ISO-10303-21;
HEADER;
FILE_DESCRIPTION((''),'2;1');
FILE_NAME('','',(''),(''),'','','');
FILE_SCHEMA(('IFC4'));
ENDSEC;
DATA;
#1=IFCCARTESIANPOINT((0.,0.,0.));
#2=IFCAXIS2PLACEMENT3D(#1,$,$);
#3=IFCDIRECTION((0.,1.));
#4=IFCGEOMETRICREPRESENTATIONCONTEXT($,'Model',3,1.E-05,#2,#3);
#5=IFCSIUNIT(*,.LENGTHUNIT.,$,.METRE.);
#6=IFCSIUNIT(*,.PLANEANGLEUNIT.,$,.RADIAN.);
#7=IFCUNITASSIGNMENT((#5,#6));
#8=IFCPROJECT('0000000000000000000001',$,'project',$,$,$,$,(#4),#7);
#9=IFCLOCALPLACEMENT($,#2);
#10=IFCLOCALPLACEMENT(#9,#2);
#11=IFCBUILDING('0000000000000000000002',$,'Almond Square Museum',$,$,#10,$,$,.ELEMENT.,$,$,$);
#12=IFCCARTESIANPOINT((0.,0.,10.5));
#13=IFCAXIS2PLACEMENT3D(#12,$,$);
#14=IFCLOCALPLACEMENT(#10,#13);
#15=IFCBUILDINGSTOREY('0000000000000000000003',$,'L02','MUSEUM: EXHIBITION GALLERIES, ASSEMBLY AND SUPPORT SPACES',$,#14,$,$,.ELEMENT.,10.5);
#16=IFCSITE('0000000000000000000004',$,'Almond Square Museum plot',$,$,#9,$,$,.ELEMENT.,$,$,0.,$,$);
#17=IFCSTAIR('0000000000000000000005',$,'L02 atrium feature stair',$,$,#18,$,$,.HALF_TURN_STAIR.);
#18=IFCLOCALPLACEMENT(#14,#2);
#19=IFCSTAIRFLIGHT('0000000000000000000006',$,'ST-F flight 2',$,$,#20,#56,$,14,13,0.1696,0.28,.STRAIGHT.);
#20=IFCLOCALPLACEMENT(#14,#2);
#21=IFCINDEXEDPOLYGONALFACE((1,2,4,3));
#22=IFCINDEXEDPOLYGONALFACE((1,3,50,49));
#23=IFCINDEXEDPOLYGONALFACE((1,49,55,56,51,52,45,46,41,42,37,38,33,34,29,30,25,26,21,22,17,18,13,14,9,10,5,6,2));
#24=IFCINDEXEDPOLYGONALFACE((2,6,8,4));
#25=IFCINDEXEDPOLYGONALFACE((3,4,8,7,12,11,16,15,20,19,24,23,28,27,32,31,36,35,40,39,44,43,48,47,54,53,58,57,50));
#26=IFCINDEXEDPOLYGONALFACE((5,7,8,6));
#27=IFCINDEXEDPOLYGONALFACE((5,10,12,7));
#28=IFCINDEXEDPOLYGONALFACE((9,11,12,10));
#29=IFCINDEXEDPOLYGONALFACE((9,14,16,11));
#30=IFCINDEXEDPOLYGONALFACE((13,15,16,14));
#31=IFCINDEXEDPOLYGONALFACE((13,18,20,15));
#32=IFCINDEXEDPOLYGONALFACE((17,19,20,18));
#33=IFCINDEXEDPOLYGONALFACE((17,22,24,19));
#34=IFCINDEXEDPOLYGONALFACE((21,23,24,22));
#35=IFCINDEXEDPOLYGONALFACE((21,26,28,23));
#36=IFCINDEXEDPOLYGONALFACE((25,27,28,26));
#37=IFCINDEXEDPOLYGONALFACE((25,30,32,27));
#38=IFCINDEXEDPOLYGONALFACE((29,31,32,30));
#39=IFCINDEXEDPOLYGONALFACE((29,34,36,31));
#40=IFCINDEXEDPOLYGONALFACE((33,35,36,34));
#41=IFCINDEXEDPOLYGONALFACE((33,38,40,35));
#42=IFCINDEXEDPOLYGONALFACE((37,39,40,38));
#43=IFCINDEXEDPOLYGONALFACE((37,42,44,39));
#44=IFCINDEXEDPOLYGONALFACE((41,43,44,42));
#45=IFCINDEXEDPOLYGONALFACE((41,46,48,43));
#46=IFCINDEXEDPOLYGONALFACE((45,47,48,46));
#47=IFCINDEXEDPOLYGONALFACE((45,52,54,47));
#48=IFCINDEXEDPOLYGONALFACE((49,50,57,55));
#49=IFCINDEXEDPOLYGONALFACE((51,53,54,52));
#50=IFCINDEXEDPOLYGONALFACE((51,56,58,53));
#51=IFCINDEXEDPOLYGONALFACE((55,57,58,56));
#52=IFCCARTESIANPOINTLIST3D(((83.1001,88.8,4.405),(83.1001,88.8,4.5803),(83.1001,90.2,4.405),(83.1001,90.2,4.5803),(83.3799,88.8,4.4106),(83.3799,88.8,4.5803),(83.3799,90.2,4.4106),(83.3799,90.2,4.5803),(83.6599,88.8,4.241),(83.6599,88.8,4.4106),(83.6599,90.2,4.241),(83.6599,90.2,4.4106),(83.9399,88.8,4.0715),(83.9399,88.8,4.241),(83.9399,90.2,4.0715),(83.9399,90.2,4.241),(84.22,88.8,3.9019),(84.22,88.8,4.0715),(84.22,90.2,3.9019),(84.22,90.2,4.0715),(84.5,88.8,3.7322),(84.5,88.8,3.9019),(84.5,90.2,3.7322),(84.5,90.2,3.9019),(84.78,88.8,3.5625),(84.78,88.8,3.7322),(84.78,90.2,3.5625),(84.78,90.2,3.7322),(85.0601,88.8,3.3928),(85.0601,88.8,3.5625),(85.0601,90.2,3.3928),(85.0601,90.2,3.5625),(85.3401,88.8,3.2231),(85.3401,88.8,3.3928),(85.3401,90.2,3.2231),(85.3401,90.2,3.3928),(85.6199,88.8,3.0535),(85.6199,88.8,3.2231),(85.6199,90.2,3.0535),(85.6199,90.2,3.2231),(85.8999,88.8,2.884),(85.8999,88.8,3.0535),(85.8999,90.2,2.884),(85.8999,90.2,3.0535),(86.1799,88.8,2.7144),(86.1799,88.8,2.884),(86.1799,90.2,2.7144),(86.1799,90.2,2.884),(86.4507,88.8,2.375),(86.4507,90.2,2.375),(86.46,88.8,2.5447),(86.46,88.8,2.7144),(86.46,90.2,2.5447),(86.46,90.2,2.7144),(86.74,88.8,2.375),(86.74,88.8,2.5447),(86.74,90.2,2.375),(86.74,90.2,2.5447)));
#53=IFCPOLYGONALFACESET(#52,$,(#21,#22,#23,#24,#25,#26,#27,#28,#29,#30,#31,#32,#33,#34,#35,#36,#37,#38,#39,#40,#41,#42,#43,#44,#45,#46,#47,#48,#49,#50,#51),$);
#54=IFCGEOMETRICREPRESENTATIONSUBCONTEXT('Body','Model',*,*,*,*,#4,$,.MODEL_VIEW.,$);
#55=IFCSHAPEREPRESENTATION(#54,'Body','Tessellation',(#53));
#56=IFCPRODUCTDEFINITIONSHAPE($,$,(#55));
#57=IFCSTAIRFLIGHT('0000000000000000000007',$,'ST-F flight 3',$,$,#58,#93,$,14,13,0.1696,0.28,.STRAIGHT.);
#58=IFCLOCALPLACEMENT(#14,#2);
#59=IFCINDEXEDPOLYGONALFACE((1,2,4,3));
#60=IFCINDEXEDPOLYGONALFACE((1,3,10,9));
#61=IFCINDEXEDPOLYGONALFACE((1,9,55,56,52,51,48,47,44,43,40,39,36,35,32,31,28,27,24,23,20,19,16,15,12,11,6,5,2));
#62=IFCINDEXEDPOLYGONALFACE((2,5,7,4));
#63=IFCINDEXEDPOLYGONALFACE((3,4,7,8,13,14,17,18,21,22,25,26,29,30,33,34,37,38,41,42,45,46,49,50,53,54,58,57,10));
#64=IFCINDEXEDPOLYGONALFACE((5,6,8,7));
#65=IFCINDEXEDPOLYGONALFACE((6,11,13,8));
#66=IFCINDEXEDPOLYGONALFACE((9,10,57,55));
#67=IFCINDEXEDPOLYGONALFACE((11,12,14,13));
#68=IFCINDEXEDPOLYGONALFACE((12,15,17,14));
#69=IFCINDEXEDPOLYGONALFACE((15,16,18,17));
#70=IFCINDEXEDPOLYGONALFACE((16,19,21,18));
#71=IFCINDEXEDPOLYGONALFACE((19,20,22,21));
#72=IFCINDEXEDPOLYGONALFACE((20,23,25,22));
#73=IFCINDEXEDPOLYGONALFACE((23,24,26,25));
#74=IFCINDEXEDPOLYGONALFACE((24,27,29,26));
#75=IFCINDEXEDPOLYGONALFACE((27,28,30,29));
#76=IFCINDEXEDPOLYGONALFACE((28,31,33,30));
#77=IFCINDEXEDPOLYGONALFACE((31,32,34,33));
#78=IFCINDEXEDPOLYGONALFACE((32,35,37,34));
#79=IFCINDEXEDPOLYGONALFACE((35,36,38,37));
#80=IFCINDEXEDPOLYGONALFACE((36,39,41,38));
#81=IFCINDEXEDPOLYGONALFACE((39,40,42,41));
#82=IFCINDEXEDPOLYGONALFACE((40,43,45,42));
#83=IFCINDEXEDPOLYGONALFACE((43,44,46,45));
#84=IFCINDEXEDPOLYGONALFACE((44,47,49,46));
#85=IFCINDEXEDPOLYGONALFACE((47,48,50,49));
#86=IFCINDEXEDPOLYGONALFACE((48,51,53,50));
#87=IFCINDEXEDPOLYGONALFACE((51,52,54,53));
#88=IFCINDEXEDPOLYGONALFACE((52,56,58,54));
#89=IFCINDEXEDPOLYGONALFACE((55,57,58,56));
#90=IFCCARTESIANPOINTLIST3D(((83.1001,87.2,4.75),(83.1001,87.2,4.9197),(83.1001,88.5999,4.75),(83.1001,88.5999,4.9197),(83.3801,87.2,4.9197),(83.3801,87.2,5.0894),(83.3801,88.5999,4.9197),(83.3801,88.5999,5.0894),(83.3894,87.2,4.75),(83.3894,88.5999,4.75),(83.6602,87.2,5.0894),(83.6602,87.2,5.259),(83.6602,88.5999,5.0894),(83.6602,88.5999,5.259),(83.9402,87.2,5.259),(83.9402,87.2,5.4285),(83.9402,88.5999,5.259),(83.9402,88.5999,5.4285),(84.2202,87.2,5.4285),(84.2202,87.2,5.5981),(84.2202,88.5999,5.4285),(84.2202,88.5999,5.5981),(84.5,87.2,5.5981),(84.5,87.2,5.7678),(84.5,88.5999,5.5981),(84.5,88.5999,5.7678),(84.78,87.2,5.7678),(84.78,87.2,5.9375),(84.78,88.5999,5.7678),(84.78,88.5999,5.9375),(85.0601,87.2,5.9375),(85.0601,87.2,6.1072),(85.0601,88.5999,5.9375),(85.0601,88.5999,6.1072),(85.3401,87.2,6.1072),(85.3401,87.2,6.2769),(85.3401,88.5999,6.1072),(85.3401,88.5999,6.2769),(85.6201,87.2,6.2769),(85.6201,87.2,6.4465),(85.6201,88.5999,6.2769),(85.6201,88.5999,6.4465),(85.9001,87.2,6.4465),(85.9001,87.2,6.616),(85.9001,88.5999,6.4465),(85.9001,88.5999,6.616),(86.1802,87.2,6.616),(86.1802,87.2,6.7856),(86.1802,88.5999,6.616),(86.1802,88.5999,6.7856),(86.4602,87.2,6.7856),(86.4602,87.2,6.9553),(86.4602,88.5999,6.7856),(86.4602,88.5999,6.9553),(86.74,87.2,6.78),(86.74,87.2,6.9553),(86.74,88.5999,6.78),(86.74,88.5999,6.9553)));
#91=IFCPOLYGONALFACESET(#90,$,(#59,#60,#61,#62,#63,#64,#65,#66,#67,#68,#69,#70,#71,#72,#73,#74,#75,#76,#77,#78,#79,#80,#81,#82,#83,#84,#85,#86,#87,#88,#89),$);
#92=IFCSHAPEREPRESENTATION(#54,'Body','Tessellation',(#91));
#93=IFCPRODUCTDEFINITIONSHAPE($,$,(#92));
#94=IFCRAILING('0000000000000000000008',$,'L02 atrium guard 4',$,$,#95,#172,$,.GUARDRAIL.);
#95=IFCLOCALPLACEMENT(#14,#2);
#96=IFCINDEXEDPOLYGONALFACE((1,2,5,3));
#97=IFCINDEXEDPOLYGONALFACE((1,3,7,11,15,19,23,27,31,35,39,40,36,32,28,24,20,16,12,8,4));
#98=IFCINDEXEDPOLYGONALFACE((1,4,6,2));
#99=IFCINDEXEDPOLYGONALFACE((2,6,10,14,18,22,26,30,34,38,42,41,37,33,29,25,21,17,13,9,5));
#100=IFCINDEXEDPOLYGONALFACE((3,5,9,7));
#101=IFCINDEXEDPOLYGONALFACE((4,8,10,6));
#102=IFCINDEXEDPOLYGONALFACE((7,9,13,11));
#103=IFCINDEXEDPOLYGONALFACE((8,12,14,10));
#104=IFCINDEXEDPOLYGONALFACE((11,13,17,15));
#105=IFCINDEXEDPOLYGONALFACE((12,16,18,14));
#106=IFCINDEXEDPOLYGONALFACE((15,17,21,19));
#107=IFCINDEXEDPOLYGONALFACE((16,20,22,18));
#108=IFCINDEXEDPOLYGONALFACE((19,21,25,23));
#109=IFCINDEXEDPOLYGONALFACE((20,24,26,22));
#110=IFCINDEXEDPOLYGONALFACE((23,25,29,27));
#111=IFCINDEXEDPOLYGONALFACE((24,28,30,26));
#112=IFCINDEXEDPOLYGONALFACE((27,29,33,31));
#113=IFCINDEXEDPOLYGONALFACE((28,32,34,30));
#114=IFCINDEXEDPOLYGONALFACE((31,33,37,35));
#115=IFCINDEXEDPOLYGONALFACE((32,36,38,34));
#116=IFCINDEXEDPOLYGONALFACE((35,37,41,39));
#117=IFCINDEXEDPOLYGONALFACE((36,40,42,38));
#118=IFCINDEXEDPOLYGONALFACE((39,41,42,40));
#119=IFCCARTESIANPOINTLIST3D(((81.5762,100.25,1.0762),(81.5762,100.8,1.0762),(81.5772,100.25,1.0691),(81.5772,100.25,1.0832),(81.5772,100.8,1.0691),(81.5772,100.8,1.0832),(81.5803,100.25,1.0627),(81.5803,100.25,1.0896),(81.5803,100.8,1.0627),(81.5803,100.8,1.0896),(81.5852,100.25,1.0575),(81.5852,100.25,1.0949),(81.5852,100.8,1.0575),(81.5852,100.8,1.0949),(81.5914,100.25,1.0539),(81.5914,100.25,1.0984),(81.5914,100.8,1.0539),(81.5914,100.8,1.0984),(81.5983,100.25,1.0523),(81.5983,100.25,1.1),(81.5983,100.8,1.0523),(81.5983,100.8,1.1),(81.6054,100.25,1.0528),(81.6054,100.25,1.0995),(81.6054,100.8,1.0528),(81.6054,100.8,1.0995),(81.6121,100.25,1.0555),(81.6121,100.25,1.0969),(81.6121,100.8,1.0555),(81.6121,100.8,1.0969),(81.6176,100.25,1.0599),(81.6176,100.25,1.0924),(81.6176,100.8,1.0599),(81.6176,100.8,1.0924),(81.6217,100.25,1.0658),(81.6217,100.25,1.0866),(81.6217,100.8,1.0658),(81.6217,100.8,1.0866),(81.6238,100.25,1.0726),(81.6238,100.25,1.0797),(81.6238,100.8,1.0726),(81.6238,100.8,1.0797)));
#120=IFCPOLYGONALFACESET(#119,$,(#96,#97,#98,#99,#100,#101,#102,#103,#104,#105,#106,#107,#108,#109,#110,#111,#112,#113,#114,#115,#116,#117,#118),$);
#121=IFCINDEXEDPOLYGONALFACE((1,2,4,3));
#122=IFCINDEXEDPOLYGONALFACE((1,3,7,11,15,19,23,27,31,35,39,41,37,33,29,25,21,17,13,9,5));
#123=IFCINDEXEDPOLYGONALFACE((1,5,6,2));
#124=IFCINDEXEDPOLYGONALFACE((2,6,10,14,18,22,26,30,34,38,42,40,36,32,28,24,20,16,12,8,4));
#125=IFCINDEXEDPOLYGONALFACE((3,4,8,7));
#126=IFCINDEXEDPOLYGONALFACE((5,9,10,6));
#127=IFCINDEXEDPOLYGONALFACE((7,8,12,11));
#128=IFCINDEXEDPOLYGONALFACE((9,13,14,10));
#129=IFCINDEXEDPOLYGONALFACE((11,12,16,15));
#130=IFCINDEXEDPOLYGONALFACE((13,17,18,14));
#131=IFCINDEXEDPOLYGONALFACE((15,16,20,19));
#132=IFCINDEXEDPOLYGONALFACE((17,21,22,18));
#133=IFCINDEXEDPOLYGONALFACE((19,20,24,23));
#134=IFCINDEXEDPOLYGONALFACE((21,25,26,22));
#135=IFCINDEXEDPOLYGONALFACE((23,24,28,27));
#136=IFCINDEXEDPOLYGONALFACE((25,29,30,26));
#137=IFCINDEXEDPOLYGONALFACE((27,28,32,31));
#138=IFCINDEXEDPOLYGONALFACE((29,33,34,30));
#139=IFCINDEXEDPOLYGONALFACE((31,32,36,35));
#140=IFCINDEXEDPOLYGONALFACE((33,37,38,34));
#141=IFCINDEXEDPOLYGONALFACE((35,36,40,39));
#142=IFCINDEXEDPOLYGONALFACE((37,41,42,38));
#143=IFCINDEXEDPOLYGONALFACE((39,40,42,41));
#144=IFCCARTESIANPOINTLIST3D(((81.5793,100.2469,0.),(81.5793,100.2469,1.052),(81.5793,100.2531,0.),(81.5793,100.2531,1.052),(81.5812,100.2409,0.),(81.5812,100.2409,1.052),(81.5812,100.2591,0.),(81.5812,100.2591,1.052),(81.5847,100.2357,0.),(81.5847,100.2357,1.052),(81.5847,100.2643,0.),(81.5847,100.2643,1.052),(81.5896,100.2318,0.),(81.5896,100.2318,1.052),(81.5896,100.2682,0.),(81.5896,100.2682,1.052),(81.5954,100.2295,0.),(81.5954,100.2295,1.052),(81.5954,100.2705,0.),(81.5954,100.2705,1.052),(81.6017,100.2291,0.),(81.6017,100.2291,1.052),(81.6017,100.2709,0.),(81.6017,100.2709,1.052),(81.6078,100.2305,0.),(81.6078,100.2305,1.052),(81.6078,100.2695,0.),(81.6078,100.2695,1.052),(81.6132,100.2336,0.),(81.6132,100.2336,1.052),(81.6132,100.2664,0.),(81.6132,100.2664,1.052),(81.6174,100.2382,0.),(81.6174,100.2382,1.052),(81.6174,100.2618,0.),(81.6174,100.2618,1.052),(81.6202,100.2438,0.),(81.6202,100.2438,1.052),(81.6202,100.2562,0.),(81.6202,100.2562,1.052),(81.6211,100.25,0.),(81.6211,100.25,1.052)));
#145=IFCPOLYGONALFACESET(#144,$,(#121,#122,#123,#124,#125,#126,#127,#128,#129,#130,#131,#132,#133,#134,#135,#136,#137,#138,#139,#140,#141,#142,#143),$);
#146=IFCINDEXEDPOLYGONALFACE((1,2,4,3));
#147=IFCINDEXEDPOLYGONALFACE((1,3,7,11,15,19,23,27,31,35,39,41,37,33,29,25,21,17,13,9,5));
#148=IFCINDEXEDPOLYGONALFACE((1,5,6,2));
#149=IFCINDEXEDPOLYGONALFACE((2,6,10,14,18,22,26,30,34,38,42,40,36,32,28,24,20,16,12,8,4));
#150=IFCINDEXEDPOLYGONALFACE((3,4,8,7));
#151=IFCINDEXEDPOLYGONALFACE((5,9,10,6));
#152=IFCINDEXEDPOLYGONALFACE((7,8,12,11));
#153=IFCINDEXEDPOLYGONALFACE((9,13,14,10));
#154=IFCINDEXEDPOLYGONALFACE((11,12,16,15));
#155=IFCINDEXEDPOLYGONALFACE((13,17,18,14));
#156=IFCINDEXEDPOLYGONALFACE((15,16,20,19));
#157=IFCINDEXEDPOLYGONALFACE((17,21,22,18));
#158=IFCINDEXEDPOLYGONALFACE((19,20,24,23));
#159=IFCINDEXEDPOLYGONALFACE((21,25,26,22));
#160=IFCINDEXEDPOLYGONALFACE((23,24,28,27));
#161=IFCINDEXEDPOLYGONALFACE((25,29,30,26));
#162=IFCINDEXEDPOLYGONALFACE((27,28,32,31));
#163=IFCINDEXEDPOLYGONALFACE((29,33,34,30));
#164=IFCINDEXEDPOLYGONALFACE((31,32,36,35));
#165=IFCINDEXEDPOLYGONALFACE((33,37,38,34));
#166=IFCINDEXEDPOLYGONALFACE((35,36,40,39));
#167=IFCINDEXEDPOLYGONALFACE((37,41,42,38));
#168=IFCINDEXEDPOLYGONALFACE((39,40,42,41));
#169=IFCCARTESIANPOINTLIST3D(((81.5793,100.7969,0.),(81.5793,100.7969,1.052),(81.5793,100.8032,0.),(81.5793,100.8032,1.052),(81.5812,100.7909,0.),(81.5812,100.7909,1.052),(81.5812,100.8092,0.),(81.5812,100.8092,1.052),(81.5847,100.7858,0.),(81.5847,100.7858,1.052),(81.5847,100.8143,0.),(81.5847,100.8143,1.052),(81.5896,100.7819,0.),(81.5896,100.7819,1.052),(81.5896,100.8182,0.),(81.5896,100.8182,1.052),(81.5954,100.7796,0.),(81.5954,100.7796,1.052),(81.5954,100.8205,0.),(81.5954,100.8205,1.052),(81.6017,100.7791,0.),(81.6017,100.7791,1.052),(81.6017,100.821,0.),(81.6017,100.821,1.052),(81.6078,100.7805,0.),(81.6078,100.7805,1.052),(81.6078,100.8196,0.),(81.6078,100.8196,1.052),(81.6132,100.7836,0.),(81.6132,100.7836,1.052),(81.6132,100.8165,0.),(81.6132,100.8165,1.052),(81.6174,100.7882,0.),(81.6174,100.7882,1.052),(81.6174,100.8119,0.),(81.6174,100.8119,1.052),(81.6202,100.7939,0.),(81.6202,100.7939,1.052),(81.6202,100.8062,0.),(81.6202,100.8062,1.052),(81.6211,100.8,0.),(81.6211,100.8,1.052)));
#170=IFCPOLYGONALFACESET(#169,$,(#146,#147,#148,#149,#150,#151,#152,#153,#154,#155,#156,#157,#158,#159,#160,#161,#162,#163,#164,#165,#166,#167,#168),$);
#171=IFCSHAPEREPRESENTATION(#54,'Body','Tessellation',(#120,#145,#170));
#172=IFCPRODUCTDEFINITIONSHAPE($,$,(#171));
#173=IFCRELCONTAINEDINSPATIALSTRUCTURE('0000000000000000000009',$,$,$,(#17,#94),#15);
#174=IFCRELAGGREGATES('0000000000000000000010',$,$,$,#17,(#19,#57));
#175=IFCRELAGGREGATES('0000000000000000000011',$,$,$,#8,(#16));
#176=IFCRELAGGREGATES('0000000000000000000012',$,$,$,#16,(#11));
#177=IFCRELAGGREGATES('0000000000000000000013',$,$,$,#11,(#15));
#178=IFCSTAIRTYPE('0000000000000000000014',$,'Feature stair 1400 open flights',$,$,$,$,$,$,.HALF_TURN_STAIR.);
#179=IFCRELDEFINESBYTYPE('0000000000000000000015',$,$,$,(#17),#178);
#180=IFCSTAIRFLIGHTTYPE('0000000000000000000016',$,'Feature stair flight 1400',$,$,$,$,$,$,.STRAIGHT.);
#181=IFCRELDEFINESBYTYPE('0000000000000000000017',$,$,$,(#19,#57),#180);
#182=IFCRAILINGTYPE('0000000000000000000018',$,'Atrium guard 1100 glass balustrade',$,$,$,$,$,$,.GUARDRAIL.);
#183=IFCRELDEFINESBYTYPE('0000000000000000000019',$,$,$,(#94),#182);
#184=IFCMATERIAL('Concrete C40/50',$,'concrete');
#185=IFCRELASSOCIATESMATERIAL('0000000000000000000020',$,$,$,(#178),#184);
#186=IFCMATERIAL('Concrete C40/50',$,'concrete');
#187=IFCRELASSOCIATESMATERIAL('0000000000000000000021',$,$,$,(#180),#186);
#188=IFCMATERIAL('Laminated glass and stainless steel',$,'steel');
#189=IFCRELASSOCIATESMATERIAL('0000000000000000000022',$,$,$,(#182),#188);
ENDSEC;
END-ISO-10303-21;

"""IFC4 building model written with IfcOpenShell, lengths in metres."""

from ifc_helpers import new_model, si_unit, direction, frame, origin, origin_2d, place, context, subcontext, project, spatial, polyline, circle, outline, extrude, material, type_object, element, aggregate, save


model = new_model("IFC4")

# Units and contexts
model_context = context("Model", 3, precision=1e-05, world=origin(), true_north=direction((0.0, 1.0)))
body_context = subcontext(model_context, "Body", "Model", "MODEL_VIEW")
ifc_project = project(units=[si_unit("LENGTHUNIT", "METRE"), si_unit("PLANEANGLEUNIT", "RADIAN")], contexts=[model_context])

# Site, building, storey
site_placement = place(None, origin())
site = spatial("IfcSite", under=ifc_project, at=site_placement, Name="Almond Square Museum plot", CompositionType="ELEMENT", RefElevation=0.0)
building_placement = place(site_placement, origin())
building = spatial("IfcBuilding", under=site, at=building_placement, Name="Almond Square Museum", CompositionType="ELEMENT")
storey_placement = place(building_placement, frame((0.0, 0.0, 10.5)))
storey = spatial("IfcBuildingStorey", under=building, at=storey_placement, Name="L02", Description="MUSEUM: EXHIBITION GALLERIES, ASSEMBLY AND SUPPORT SPACES", CompositionType="ELEMENT", Elevation=10.5)

# Stair, stair flights
ifc_material_1 = material(Name="Concrete C40/50", Category="concrete")
stair_type = type_object("IfcStairType", Name="Feature stair 1400 open flights", PredefinedType="HALF_TURN_STAIR", material=ifc_material_1)
stair_placement = place(storey_placement, origin())
stair = element("IfcStair", 1, at=stair_placement, inside=storey, type_object=stair_type, Name="L02 atrium feature stair", PredefinedType="HALF_TURN_STAIR")
ifc_material_2 = material(Name="Concrete C40/50", Category="concrete")
stair_flight_type = type_object("IfcStairFlightType", Name="Feature stair flight 1400", PredefinedType="STRAIGHT", material=ifc_material_2)
stair_flight_1_placement = place(storey_placement, frame((86.74, 89.5, 2.375), z_axis=(0.0, 0.0, 1.0), x_axis=(-1.0, 0.0, 0.0)))
stair_flight_1 = element("IfcStairFlight", 2, at=stair_flight_1_placement, type_object=stair_flight_type, Name="ST-F flight 2", NumberOfRisers=14, NumberOfTreads=13, PredefinedType="STRAIGHT", RiserHeight=0.1696, TreadLength=0.28, context=body_context, shape_type="SweptSolid", body=[
    extrude(outline(polyline([(0.0, 0.0), (0.0, 0.1697), (0.28, 0.1697), (0.28, 0.3394), (0.5601, 0.3394), (0.5601, 0.509), (0.8401, 0.509), (0.8401, 0.6785), (1.1201, 0.6785), (1.1201, 0.8481), (1.3999, 0.8481), (1.3999, 1.0178), (1.6799, 1.0178), (1.6799, 1.1875), (1.96, 1.1875), (1.96, 1.3572), (2.24, 1.3572), (2.24, 1.5269), (2.52, 1.5269), (2.52, 1.6965), (2.8, 1.6965), (2.8, 1.866), (3.0801, 1.866), (3.0801, 2.0356), (3.3601, 2.0356), (3.3601, 2.2053), (3.6399, 2.2053), (3.6399, 2.375), (3.6399, 2.03), (0.2893, 0.0), (0.0, 0.0)])), frame((0.0, 0.7, 0.0), z_axis=(0.0, -1.0, 0.0), x_axis=(1.0, 0.0, 0.0)), (0.0, 0.0, 1.0), 1.3999),
])
stair_flight_2_placement = place(storey_placement, frame((83.1001, 87.8999, 4.75), z_axis=(0.0, 0.0, 1.0), x_axis=(1.0, 0.0, 0.0)))
stair_flight_2 = element("IfcStairFlight", 3, at=stair_flight_2_placement, type_object=stair_flight_type, Name="ST-F flight 3", NumberOfRisers=14, NumberOfTreads=13, PredefinedType="STRAIGHT", RiserHeight=0.1696, TreadLength=0.28, context=body_context, shape_type="SweptSolid", body=[
    extrude(outline(polyline([(0.0, 0.0), (0.0, 0.1697), (0.28, 0.1697), (0.28, 0.3394), (0.5601, 0.3394), (0.5601, 0.509), (0.8401, 0.509), (0.8401, 0.6785), (1.1201, 0.6785), (1.1201, 0.8481), (1.3999, 0.8481), (1.3999, 1.0178), (1.6799, 1.0178), (1.6799, 1.1875), (1.96, 1.1875), (1.96, 1.3572), (2.24, 1.3572), (2.24, 1.5269), (2.52, 1.5269), (2.52, 1.6965), (2.8, 1.6965), (2.8, 1.866), (3.0801, 1.866), (3.0801, 2.0356), (3.3601, 2.0356), (3.3601, 2.2053), (3.6399, 2.2053), (3.6399, 2.375), (3.6399, 2.03), (0.2893, 0.0), (0.0, 0.0)])), frame((0.0, 0.7, 0.0), z_axis=(0.0, -1.0, 0.0), x_axis=(1.0, 0.0, 0.0)), (0.0, 0.0, 1.0), 1.3999),
])
aggregate(stair, [stair_flight_1, stair_flight_2])

# Railing
ifc_material_3 = material(Name="Laminated glass and stainless steel", Category="steel")
railing_type_1 = type_object("IfcRailingType", Name="Atrium guard 1100 glass balustrade", PredefinedType="GUARDRAIL", material=ifc_material_3)
railing_1_placement = place(storey_placement, frame((81.6001, 100.25, 0.0)))
element("IfcRailing", 4, at=railing_1_placement, inside=storey, type_object=railing_type_1, Name="L02 atrium guard 4", PredefinedType="GUARDRAIL", context=body_context, shape_type="SweptSolid", body=[
    extrude(circle(Radius=0.0239, at=origin_2d()), frame((0.0, 0.0, 1.0762), z_axis=(0.0, 1.0, 0.0), x_axis=(-1.0, 0.0, 0.0)), (0.0, 0.0, 1.0), 0.55),
    extrude(circle(Radius=0.021, at=origin_2d()), origin(), (0.0, 0.0, 1.0), 1.052),
    extrude(circle(Radius=0.021, at=origin_2d()), frame((0.0, 0.55, 0.0)), (0.0, 0.0, 1.0), 1.052),
])

save(model, "model.ifc")
